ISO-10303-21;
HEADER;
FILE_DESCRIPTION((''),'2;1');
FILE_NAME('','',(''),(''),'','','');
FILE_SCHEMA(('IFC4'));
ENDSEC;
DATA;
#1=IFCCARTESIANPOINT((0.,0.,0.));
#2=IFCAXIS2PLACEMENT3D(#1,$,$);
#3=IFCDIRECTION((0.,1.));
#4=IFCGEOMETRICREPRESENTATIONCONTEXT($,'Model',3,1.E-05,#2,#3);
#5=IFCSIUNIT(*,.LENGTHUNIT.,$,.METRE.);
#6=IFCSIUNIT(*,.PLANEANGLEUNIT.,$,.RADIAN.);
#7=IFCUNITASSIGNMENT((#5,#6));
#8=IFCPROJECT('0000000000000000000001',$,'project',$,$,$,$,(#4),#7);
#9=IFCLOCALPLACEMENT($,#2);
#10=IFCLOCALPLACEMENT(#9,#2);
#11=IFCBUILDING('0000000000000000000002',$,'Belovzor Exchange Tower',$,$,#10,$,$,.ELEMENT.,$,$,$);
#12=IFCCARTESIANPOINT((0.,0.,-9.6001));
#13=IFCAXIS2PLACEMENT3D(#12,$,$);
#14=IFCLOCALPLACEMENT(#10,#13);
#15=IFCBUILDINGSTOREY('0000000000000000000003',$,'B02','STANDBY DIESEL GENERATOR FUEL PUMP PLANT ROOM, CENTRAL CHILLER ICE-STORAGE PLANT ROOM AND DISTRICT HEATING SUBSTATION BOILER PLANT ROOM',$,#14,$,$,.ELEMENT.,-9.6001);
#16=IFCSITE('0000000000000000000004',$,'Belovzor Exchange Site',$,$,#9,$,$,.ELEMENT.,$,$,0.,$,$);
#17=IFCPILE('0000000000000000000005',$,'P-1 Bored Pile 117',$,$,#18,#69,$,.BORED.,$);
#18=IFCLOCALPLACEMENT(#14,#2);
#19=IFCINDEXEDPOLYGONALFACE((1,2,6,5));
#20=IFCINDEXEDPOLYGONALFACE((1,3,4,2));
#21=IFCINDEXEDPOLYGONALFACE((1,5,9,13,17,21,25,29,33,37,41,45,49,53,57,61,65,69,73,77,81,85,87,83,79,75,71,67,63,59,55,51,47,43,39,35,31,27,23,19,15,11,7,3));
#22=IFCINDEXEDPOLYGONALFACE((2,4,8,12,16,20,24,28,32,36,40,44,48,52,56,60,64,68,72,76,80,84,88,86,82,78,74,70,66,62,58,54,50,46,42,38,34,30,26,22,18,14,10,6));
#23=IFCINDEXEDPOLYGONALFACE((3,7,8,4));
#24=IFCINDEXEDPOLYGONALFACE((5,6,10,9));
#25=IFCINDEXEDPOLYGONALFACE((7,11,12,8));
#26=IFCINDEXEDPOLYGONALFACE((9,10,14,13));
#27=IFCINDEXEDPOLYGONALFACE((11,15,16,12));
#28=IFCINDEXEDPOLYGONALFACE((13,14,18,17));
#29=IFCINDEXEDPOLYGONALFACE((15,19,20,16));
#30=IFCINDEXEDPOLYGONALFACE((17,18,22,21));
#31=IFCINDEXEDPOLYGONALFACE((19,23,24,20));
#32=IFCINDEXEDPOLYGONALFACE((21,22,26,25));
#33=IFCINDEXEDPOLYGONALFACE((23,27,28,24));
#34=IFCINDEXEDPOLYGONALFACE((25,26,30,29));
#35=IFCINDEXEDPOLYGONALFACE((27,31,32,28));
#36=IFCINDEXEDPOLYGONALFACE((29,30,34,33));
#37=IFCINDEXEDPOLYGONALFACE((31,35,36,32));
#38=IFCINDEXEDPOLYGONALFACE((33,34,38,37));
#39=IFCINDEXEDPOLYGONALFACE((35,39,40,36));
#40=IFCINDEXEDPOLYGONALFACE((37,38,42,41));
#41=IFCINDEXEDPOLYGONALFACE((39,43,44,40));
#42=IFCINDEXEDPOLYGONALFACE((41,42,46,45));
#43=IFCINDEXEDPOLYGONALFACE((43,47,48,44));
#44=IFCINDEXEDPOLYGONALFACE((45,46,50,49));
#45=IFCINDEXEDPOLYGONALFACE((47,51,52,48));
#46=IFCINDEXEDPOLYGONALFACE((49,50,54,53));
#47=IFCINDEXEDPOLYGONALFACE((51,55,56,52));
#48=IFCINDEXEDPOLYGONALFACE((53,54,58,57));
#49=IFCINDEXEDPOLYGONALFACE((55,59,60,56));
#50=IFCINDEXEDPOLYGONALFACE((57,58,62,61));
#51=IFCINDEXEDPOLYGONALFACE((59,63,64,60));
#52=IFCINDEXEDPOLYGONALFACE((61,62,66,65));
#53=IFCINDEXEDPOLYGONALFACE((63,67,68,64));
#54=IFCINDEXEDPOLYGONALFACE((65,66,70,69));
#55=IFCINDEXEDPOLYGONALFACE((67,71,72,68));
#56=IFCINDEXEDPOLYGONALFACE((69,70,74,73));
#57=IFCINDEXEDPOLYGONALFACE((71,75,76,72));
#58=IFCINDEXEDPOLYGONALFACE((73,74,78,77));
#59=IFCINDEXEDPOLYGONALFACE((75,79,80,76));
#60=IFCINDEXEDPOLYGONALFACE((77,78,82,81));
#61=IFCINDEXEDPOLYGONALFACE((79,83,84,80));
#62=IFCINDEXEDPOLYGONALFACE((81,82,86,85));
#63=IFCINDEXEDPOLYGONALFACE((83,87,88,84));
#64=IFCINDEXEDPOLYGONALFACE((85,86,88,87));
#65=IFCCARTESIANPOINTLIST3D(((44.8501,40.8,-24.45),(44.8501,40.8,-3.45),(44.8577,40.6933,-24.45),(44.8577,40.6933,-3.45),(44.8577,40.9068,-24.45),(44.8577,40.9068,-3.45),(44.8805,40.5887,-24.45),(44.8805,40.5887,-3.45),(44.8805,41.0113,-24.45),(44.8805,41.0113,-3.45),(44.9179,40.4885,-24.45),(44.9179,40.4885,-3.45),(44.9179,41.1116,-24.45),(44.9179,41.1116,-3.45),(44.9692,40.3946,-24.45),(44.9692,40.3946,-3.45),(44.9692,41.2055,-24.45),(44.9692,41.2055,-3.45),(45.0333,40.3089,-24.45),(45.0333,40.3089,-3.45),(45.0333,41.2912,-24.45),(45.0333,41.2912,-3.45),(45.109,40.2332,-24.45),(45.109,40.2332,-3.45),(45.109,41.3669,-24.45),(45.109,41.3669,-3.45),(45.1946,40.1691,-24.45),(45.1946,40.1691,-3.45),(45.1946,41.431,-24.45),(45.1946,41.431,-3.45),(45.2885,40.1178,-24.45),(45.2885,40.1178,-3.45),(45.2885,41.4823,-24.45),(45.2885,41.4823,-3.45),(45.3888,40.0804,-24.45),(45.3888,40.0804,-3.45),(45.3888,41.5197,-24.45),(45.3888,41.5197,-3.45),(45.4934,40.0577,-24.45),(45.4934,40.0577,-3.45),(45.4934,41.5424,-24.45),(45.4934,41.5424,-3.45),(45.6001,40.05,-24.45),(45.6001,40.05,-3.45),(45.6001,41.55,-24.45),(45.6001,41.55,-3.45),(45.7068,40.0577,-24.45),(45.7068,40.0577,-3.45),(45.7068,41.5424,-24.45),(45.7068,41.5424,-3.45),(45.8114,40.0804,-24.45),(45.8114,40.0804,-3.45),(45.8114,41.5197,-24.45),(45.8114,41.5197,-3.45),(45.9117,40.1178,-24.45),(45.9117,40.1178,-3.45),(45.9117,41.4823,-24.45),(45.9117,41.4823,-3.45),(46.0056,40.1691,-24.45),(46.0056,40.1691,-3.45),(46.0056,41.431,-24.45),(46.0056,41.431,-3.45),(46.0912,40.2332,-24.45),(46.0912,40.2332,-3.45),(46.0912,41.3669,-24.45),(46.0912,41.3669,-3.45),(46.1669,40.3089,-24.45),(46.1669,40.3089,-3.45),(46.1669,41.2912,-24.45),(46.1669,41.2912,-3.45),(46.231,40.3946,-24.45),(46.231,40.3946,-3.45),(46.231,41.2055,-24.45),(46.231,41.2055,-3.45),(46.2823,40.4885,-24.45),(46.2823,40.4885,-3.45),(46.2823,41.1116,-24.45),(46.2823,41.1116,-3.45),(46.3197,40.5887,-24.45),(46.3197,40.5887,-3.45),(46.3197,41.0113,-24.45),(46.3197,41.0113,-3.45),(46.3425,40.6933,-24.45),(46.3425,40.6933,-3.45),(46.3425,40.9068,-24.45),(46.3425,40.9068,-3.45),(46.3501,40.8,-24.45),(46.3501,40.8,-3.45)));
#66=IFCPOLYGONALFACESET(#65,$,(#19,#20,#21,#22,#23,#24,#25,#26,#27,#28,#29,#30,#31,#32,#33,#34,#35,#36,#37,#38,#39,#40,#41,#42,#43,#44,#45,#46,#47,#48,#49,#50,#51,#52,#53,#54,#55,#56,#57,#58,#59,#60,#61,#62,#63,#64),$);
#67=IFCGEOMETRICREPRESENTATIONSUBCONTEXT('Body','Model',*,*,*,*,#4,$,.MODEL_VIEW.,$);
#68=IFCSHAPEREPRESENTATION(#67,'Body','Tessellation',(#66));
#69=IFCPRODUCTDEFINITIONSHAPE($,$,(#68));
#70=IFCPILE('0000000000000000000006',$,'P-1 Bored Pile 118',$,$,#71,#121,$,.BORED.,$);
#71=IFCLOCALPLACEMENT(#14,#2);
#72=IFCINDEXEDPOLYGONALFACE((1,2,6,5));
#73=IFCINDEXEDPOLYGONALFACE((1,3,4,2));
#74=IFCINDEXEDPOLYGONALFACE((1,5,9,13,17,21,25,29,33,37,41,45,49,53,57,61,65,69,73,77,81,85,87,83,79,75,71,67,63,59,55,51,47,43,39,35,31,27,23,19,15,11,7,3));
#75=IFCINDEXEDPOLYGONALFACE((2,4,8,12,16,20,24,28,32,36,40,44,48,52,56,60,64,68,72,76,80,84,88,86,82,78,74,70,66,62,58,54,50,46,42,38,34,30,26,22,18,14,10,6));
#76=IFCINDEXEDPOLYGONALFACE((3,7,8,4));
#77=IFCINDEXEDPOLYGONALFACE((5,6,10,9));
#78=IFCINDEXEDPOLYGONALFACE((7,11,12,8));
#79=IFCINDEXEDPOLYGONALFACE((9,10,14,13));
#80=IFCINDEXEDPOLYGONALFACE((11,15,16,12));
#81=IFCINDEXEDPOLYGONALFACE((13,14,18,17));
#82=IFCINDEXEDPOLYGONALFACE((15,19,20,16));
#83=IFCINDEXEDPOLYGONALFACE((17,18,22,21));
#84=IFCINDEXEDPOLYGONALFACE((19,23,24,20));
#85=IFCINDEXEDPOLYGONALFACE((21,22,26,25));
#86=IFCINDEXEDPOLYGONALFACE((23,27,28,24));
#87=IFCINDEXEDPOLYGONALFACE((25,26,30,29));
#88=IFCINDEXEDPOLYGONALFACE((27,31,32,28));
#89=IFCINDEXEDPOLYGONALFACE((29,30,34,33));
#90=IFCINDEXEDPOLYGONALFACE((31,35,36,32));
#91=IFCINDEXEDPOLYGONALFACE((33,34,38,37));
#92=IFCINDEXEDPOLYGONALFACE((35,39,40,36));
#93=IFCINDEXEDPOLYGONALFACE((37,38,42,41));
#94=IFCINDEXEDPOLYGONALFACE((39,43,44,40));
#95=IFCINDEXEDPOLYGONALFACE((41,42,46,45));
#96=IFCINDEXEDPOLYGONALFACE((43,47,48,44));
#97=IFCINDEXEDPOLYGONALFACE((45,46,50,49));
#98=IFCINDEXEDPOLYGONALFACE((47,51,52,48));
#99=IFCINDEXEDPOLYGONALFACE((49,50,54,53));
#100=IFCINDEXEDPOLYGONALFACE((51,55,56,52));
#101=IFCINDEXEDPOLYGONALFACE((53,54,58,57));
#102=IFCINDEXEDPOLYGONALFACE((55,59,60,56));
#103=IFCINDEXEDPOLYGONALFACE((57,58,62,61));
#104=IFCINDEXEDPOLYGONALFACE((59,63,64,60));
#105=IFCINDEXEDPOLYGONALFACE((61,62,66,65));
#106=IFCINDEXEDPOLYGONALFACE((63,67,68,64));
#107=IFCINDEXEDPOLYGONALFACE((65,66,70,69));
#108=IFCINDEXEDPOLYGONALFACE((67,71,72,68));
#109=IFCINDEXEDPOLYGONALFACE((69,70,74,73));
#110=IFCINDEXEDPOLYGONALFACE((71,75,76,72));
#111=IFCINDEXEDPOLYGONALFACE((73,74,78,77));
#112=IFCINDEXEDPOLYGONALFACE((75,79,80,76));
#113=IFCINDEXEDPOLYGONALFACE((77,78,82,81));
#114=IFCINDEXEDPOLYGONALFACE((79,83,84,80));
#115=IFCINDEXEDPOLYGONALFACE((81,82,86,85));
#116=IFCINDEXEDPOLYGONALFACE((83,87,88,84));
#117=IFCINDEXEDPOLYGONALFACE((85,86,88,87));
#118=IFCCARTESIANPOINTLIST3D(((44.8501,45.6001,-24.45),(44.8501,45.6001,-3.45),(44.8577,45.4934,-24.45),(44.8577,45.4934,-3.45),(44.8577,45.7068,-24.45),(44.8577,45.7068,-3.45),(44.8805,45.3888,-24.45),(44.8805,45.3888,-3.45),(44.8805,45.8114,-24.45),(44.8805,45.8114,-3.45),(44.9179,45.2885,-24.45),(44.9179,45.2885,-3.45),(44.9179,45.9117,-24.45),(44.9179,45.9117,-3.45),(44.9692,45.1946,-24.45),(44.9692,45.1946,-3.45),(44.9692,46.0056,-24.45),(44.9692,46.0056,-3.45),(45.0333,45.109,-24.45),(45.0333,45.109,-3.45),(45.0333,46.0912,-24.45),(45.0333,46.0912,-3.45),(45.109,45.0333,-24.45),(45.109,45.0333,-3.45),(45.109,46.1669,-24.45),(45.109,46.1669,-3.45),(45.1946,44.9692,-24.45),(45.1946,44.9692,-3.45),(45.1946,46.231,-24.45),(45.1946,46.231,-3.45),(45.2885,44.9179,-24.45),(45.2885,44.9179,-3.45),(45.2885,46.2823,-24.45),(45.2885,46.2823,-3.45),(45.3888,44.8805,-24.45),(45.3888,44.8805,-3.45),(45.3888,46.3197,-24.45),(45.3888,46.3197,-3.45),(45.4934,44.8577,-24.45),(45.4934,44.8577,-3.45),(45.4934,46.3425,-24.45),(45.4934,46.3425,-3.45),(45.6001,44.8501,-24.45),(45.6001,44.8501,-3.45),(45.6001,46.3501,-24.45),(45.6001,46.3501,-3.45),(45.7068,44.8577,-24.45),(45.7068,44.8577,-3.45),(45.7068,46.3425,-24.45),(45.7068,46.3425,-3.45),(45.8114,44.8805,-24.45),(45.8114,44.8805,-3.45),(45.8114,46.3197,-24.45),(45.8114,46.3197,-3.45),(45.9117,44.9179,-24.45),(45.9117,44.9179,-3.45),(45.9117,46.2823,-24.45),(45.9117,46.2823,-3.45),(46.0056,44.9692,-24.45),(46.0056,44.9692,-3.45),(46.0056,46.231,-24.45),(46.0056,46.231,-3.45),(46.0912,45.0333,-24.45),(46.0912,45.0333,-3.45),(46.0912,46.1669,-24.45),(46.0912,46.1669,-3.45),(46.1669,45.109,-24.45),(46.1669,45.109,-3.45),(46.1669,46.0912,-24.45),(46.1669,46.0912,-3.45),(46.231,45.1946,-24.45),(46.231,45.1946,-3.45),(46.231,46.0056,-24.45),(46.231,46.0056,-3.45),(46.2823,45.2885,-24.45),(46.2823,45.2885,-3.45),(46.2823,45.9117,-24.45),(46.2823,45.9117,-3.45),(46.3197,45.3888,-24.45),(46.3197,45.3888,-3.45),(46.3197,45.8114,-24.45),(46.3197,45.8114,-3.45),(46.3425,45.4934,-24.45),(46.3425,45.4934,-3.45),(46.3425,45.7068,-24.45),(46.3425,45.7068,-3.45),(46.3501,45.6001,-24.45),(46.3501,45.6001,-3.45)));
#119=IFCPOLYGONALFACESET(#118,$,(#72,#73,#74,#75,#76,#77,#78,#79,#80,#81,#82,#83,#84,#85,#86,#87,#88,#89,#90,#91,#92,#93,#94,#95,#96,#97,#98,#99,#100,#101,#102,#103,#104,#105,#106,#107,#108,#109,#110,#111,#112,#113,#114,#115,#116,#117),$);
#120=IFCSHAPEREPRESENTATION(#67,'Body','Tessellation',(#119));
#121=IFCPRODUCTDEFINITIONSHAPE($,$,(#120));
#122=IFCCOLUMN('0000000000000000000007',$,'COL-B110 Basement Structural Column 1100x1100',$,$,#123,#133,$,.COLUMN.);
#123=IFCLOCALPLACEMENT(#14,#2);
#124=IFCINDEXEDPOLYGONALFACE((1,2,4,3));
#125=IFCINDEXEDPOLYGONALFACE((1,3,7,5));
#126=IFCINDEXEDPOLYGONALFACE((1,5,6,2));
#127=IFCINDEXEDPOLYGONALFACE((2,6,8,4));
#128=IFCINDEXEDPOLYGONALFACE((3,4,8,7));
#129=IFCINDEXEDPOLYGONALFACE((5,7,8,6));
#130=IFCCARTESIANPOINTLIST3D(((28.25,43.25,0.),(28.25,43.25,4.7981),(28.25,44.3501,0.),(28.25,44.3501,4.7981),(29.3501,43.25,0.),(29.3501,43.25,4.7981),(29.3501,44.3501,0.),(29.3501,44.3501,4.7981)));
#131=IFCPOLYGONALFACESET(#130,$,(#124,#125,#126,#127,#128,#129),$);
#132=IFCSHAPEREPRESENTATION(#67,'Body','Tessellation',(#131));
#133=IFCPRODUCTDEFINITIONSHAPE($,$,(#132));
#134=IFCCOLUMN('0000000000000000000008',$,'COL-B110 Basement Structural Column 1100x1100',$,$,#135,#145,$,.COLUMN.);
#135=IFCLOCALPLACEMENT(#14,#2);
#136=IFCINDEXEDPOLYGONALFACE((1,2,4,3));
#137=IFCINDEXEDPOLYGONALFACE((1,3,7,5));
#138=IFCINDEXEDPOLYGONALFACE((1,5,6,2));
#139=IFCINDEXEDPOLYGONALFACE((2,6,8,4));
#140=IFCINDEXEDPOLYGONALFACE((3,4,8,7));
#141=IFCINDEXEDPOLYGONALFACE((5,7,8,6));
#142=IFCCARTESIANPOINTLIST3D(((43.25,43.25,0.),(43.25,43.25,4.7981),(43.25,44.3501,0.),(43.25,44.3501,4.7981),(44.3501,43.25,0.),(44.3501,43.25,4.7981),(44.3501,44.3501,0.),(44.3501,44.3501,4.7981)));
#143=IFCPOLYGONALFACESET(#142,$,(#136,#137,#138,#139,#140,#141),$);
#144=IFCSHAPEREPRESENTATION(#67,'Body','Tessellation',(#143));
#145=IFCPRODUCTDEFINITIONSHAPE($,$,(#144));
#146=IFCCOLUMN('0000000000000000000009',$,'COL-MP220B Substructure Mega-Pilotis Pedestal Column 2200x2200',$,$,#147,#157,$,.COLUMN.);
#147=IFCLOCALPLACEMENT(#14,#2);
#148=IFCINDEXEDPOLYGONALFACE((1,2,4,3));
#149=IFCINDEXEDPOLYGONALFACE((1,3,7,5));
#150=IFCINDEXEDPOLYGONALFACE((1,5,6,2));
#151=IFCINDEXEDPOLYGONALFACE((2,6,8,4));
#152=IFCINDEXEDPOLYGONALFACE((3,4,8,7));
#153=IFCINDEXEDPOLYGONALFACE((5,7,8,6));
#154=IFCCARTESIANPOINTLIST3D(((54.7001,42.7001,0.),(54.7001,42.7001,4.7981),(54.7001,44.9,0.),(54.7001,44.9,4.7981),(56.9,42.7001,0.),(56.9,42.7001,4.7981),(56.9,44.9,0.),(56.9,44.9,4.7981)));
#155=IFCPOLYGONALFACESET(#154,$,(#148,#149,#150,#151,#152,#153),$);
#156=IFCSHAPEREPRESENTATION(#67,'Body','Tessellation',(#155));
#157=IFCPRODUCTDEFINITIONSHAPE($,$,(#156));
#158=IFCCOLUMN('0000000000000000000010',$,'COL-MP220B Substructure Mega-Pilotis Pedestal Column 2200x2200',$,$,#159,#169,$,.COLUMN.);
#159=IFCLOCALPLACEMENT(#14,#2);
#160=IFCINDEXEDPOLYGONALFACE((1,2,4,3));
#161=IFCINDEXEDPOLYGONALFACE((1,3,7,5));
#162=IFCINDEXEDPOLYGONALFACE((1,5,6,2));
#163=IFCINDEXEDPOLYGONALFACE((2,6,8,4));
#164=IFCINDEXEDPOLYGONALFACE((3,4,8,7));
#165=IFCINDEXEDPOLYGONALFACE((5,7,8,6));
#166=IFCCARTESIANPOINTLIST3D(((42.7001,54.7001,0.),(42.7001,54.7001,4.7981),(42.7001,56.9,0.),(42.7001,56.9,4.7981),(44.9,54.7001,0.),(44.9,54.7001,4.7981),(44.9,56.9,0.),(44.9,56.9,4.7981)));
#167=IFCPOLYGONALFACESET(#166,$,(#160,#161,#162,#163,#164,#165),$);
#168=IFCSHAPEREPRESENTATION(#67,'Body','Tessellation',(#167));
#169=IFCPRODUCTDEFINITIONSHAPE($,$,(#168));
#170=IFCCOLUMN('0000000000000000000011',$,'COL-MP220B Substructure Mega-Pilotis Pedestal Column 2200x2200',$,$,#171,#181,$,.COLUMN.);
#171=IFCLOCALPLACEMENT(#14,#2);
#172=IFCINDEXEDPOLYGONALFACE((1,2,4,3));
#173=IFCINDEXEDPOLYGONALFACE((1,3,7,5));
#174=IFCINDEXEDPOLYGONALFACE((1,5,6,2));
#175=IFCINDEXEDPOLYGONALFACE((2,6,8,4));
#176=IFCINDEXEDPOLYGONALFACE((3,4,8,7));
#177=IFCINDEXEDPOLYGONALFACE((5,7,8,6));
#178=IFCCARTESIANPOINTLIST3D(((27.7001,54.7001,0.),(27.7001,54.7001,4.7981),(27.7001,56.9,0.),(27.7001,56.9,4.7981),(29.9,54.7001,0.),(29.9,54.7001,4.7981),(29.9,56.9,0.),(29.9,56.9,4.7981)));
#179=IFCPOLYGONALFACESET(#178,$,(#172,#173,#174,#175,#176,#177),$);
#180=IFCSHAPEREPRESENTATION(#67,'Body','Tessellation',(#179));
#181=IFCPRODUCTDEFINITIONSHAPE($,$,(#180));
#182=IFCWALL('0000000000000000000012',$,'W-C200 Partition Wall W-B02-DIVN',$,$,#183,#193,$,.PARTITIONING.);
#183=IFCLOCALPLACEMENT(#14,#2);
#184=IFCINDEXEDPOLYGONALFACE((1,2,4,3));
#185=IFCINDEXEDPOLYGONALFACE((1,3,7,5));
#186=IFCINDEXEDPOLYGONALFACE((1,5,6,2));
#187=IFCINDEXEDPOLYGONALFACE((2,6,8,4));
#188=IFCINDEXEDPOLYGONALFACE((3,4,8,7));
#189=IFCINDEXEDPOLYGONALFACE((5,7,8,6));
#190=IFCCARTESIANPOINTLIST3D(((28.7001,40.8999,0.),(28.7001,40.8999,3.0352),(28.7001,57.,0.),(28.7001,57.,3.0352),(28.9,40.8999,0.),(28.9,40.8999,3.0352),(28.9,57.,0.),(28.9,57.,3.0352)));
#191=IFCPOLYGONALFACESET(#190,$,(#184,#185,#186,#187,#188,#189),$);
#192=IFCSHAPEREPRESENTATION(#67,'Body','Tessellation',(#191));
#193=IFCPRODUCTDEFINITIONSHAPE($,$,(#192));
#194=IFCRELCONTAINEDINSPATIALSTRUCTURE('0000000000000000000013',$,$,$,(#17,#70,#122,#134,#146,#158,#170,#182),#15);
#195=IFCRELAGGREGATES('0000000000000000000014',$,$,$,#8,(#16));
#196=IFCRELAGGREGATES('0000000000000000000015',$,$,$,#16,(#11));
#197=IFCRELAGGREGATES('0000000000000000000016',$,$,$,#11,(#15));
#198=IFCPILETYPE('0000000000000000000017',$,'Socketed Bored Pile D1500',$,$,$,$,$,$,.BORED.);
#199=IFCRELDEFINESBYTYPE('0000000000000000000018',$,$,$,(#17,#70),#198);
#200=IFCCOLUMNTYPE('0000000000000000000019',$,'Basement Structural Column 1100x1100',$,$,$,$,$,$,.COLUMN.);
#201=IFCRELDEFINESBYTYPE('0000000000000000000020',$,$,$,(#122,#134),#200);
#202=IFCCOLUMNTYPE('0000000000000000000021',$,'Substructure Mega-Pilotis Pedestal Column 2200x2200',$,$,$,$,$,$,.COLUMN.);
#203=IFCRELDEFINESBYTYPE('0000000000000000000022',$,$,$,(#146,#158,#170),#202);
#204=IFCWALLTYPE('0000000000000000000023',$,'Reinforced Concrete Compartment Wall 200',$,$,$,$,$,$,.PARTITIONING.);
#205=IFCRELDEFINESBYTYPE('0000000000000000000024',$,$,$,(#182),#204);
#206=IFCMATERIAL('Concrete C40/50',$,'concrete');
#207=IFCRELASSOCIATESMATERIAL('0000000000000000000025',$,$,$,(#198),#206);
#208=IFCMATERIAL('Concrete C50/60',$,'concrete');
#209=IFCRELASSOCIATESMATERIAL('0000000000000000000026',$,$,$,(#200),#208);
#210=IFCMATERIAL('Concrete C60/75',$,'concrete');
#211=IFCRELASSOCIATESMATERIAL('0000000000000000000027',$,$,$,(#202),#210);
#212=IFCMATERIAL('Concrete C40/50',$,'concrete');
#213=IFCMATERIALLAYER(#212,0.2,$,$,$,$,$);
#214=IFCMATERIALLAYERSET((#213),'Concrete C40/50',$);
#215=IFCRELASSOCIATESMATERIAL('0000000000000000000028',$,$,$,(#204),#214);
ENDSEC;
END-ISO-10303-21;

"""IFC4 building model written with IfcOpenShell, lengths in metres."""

from ifc_helpers import new_model, si_unit, direction, frame, frame_2d, origin, origin_2d, place, context, subcontext, project, spatial, rectangle, circle, extrude, material, layer, layer_set, material_profile, profile_set, type_object, element, save


model = new_model("IFC4")

# Units and contexts
model_context = context("Model", 3, precision=1e-05, world=origin(), true_north=direction((0.0, 1.0)))
body_context = subcontext(model_context, "Body", "Model", "MODEL_VIEW")
ifc_project = project(units=[si_unit("LENGTHUNIT", "METRE"), si_unit("PLANEANGLEUNIT", "RADIAN")], contexts=[model_context])

# Site, building, storey
site_placement = place(None, origin())
site = spatial("IfcSite", under=ifc_project, at=site_placement, Name="Belovzor Exchange Site", CompositionType="ELEMENT", RefElevation=0.0)
building_placement = place(site_placement, origin())
building = spatial("IfcBuilding", under=site, at=building_placement, Name="Belovzor Exchange Tower", CompositionType="ELEMENT")
storey_placement = place(building_placement, frame((0.0, 0.0, -9.6001)))
storey = spatial("IfcBuildingStorey", under=building, at=storey_placement, Name="B02", Description="STANDBY DIESEL GENERATOR FUEL PUMP PLANT ROOM, CENTRAL CHILLER ICE-STORAGE PLANT ROOM AND DISTRICT HEATING SUBSTATION BOILER PLANT ROOM", CompositionType="ELEMENT", Elevation=-9.6001)

# Piles
ifc_material_1 = material(Name="Concrete C40/50", Category="concrete")
ifc_material_profile_1 = material_profile(ifc_material_1, circle(Radius=0.75, at=origin_2d()))
ifc_profile_set_1 = profile_set([ifc_material_profile_1], Name="Concrete C40/50")
pile_type_1 = type_object("IfcPileType", Name="Socketed Bored Pile D1500", PredefinedType="BORED", material=ifc_profile_set_1)
for number, where, z_axis, x_axis, name in (
    (1, (45.6001, 40.8, -3.45), (0.0, 0.0, -1.0), (1.0, 0.0, 0.0), "P-1 Bored Pile 117"),
    (2, (45.6001, 45.6001, -3.45), (0.0, 0.0, -1.0), (1.0, 0.0, 0.0), "P-1 Bored Pile 118"),
):
    element("IfcPile", number, at=place(storey_placement, frame(where, z_axis=z_axis, x_axis=x_axis)), inside=storey, type_object=pile_type_1, Name=name, PredefinedType="BORED", context=body_context, shape_type="SweptSolid", body=[
        extrude(circle(Radius=0.75, at=origin_2d()), origin(), (0.0, 0.0, 1.0), 21.0),
    ])

# Columns
ifc_material_2 = material(Name="Concrete C50/60", Category="concrete")
ifc_material_profile_2 = material_profile(ifc_material_2, rectangle(XDim=1.1001, YDim=1.1001, at=origin_2d()))
ifc_profile_set_2 = profile_set([ifc_material_profile_2], Name="Concrete C50/60")
column_type_1 = type_object("IfcColumnType", Name="Basement Structural Column 1100x1100", PredefinedType="COLUMN", material=ifc_profile_set_2)
for number, where, z_axis, x_axis, name in (
    (3, (28.8, 43.8, 0.0), (0.0, 0.0, 1.0), (1.0, 0.0, 0.0), "COL-B110 Basement Structural Column 1100x1100"),
    (4, (43.8, 43.8, 0.0), (0.0, 0.0, 1.0), (1.0, 0.0, 0.0), "COL-B110 Basement Structural Column 1100x1100"),
):
    element("IfcColumn", number, at=place(storey_placement, frame(where, z_axis=z_axis, x_axis=x_axis)), inside=storey, type_object=column_type_1, Name=name, PredefinedType="COLUMN", context=body_context, shape_type="SweptSolid", body=[
        extrude(rectangle(XDim=1.1001, YDim=1.1001, at=origin_2d()), origin(), (0.0, 0.0, 1.0), 4.7981),
    ])
ifc_material_3 = material(Name="Concrete C60/75", Category="concrete")
ifc_material_profile_3 = material_profile(ifc_material_3, rectangle(XDim=2.2, YDim=2.2, at=origin_2d()))
ifc_profile_set_3 = profile_set([ifc_material_profile_3], Name="Concrete C60/75")
column_type_2 = type_object("IfcColumnType", Name="Substructure Mega-Pilotis Pedestal Column 2200x2200", PredefinedType="COLUMN", material=ifc_profile_set_3)
for number, where, z_axis, x_axis, name in (
    (5, (55.8, 43.8, 0.0), (0.0, 0.0, 1.0), (1.0, 0.0, 0.0), "COL-MP220B Substructure Mega-Pilotis Pedestal Column 2200x2200"),
    (6, (43.8, 55.8, 0.0), (0.0, 0.0, 1.0), (1.0, 0.0, 0.0), "COL-MP220B Substructure Mega-Pilotis Pedestal Column 2200x2200"),
    (7, (28.8, 55.8, 0.0), (0.0, 0.0, 1.0), (1.0, 0.0, 0.0), "COL-MP220B Substructure Mega-Pilotis Pedestal Column 2200x2200"),
):
    element("IfcColumn", number, at=place(storey_placement, frame(where, z_axis=z_axis, x_axis=x_axis)), inside=storey, type_object=column_type_2, Name=name, PredefinedType="COLUMN", context=body_context, shape_type="SweptSolid", body=[
        extrude(rectangle(XDim=2.2, YDim=2.2, at=origin_2d()), origin(), (0.0, 0.0, 1.0), 4.7981),
    ])

# Wall
ifc_material_4 = material(Name="Concrete C40/50", Category="concrete")
ifc_layer_1 = layer(ifc_material_4, 0.2)
ifc_layer_set_1 = layer_set([ifc_layer_1], Name="Concrete C40/50")
wall_type = type_object("IfcWallType", Name="Reinforced Concrete Compartment Wall 200", PredefinedType="PARTITIONING", material=ifc_layer_set_1)
wall_placement = place(storey_placement, frame((28.8, 40.8999, 0.0), z_axis=(0.0, 0.0, 1.0), x_axis=(0.0, 1.0, 0.0)))
element("IfcWall", 8, at=wall_placement, inside=storey, type_object=wall_type, Name="W-C200 Partition Wall W-B02-DIVN", PredefinedType="PARTITIONING", context=body_context, shape_type="SweptSolid", body=[
    extrude(rectangle(XDim=16.1001, YDim=0.2, at=frame_2d((8.05, 0.0))), origin(), (0.0, 0.0, 1.0), 3.0352),
])

save(model, "model.ifc")
